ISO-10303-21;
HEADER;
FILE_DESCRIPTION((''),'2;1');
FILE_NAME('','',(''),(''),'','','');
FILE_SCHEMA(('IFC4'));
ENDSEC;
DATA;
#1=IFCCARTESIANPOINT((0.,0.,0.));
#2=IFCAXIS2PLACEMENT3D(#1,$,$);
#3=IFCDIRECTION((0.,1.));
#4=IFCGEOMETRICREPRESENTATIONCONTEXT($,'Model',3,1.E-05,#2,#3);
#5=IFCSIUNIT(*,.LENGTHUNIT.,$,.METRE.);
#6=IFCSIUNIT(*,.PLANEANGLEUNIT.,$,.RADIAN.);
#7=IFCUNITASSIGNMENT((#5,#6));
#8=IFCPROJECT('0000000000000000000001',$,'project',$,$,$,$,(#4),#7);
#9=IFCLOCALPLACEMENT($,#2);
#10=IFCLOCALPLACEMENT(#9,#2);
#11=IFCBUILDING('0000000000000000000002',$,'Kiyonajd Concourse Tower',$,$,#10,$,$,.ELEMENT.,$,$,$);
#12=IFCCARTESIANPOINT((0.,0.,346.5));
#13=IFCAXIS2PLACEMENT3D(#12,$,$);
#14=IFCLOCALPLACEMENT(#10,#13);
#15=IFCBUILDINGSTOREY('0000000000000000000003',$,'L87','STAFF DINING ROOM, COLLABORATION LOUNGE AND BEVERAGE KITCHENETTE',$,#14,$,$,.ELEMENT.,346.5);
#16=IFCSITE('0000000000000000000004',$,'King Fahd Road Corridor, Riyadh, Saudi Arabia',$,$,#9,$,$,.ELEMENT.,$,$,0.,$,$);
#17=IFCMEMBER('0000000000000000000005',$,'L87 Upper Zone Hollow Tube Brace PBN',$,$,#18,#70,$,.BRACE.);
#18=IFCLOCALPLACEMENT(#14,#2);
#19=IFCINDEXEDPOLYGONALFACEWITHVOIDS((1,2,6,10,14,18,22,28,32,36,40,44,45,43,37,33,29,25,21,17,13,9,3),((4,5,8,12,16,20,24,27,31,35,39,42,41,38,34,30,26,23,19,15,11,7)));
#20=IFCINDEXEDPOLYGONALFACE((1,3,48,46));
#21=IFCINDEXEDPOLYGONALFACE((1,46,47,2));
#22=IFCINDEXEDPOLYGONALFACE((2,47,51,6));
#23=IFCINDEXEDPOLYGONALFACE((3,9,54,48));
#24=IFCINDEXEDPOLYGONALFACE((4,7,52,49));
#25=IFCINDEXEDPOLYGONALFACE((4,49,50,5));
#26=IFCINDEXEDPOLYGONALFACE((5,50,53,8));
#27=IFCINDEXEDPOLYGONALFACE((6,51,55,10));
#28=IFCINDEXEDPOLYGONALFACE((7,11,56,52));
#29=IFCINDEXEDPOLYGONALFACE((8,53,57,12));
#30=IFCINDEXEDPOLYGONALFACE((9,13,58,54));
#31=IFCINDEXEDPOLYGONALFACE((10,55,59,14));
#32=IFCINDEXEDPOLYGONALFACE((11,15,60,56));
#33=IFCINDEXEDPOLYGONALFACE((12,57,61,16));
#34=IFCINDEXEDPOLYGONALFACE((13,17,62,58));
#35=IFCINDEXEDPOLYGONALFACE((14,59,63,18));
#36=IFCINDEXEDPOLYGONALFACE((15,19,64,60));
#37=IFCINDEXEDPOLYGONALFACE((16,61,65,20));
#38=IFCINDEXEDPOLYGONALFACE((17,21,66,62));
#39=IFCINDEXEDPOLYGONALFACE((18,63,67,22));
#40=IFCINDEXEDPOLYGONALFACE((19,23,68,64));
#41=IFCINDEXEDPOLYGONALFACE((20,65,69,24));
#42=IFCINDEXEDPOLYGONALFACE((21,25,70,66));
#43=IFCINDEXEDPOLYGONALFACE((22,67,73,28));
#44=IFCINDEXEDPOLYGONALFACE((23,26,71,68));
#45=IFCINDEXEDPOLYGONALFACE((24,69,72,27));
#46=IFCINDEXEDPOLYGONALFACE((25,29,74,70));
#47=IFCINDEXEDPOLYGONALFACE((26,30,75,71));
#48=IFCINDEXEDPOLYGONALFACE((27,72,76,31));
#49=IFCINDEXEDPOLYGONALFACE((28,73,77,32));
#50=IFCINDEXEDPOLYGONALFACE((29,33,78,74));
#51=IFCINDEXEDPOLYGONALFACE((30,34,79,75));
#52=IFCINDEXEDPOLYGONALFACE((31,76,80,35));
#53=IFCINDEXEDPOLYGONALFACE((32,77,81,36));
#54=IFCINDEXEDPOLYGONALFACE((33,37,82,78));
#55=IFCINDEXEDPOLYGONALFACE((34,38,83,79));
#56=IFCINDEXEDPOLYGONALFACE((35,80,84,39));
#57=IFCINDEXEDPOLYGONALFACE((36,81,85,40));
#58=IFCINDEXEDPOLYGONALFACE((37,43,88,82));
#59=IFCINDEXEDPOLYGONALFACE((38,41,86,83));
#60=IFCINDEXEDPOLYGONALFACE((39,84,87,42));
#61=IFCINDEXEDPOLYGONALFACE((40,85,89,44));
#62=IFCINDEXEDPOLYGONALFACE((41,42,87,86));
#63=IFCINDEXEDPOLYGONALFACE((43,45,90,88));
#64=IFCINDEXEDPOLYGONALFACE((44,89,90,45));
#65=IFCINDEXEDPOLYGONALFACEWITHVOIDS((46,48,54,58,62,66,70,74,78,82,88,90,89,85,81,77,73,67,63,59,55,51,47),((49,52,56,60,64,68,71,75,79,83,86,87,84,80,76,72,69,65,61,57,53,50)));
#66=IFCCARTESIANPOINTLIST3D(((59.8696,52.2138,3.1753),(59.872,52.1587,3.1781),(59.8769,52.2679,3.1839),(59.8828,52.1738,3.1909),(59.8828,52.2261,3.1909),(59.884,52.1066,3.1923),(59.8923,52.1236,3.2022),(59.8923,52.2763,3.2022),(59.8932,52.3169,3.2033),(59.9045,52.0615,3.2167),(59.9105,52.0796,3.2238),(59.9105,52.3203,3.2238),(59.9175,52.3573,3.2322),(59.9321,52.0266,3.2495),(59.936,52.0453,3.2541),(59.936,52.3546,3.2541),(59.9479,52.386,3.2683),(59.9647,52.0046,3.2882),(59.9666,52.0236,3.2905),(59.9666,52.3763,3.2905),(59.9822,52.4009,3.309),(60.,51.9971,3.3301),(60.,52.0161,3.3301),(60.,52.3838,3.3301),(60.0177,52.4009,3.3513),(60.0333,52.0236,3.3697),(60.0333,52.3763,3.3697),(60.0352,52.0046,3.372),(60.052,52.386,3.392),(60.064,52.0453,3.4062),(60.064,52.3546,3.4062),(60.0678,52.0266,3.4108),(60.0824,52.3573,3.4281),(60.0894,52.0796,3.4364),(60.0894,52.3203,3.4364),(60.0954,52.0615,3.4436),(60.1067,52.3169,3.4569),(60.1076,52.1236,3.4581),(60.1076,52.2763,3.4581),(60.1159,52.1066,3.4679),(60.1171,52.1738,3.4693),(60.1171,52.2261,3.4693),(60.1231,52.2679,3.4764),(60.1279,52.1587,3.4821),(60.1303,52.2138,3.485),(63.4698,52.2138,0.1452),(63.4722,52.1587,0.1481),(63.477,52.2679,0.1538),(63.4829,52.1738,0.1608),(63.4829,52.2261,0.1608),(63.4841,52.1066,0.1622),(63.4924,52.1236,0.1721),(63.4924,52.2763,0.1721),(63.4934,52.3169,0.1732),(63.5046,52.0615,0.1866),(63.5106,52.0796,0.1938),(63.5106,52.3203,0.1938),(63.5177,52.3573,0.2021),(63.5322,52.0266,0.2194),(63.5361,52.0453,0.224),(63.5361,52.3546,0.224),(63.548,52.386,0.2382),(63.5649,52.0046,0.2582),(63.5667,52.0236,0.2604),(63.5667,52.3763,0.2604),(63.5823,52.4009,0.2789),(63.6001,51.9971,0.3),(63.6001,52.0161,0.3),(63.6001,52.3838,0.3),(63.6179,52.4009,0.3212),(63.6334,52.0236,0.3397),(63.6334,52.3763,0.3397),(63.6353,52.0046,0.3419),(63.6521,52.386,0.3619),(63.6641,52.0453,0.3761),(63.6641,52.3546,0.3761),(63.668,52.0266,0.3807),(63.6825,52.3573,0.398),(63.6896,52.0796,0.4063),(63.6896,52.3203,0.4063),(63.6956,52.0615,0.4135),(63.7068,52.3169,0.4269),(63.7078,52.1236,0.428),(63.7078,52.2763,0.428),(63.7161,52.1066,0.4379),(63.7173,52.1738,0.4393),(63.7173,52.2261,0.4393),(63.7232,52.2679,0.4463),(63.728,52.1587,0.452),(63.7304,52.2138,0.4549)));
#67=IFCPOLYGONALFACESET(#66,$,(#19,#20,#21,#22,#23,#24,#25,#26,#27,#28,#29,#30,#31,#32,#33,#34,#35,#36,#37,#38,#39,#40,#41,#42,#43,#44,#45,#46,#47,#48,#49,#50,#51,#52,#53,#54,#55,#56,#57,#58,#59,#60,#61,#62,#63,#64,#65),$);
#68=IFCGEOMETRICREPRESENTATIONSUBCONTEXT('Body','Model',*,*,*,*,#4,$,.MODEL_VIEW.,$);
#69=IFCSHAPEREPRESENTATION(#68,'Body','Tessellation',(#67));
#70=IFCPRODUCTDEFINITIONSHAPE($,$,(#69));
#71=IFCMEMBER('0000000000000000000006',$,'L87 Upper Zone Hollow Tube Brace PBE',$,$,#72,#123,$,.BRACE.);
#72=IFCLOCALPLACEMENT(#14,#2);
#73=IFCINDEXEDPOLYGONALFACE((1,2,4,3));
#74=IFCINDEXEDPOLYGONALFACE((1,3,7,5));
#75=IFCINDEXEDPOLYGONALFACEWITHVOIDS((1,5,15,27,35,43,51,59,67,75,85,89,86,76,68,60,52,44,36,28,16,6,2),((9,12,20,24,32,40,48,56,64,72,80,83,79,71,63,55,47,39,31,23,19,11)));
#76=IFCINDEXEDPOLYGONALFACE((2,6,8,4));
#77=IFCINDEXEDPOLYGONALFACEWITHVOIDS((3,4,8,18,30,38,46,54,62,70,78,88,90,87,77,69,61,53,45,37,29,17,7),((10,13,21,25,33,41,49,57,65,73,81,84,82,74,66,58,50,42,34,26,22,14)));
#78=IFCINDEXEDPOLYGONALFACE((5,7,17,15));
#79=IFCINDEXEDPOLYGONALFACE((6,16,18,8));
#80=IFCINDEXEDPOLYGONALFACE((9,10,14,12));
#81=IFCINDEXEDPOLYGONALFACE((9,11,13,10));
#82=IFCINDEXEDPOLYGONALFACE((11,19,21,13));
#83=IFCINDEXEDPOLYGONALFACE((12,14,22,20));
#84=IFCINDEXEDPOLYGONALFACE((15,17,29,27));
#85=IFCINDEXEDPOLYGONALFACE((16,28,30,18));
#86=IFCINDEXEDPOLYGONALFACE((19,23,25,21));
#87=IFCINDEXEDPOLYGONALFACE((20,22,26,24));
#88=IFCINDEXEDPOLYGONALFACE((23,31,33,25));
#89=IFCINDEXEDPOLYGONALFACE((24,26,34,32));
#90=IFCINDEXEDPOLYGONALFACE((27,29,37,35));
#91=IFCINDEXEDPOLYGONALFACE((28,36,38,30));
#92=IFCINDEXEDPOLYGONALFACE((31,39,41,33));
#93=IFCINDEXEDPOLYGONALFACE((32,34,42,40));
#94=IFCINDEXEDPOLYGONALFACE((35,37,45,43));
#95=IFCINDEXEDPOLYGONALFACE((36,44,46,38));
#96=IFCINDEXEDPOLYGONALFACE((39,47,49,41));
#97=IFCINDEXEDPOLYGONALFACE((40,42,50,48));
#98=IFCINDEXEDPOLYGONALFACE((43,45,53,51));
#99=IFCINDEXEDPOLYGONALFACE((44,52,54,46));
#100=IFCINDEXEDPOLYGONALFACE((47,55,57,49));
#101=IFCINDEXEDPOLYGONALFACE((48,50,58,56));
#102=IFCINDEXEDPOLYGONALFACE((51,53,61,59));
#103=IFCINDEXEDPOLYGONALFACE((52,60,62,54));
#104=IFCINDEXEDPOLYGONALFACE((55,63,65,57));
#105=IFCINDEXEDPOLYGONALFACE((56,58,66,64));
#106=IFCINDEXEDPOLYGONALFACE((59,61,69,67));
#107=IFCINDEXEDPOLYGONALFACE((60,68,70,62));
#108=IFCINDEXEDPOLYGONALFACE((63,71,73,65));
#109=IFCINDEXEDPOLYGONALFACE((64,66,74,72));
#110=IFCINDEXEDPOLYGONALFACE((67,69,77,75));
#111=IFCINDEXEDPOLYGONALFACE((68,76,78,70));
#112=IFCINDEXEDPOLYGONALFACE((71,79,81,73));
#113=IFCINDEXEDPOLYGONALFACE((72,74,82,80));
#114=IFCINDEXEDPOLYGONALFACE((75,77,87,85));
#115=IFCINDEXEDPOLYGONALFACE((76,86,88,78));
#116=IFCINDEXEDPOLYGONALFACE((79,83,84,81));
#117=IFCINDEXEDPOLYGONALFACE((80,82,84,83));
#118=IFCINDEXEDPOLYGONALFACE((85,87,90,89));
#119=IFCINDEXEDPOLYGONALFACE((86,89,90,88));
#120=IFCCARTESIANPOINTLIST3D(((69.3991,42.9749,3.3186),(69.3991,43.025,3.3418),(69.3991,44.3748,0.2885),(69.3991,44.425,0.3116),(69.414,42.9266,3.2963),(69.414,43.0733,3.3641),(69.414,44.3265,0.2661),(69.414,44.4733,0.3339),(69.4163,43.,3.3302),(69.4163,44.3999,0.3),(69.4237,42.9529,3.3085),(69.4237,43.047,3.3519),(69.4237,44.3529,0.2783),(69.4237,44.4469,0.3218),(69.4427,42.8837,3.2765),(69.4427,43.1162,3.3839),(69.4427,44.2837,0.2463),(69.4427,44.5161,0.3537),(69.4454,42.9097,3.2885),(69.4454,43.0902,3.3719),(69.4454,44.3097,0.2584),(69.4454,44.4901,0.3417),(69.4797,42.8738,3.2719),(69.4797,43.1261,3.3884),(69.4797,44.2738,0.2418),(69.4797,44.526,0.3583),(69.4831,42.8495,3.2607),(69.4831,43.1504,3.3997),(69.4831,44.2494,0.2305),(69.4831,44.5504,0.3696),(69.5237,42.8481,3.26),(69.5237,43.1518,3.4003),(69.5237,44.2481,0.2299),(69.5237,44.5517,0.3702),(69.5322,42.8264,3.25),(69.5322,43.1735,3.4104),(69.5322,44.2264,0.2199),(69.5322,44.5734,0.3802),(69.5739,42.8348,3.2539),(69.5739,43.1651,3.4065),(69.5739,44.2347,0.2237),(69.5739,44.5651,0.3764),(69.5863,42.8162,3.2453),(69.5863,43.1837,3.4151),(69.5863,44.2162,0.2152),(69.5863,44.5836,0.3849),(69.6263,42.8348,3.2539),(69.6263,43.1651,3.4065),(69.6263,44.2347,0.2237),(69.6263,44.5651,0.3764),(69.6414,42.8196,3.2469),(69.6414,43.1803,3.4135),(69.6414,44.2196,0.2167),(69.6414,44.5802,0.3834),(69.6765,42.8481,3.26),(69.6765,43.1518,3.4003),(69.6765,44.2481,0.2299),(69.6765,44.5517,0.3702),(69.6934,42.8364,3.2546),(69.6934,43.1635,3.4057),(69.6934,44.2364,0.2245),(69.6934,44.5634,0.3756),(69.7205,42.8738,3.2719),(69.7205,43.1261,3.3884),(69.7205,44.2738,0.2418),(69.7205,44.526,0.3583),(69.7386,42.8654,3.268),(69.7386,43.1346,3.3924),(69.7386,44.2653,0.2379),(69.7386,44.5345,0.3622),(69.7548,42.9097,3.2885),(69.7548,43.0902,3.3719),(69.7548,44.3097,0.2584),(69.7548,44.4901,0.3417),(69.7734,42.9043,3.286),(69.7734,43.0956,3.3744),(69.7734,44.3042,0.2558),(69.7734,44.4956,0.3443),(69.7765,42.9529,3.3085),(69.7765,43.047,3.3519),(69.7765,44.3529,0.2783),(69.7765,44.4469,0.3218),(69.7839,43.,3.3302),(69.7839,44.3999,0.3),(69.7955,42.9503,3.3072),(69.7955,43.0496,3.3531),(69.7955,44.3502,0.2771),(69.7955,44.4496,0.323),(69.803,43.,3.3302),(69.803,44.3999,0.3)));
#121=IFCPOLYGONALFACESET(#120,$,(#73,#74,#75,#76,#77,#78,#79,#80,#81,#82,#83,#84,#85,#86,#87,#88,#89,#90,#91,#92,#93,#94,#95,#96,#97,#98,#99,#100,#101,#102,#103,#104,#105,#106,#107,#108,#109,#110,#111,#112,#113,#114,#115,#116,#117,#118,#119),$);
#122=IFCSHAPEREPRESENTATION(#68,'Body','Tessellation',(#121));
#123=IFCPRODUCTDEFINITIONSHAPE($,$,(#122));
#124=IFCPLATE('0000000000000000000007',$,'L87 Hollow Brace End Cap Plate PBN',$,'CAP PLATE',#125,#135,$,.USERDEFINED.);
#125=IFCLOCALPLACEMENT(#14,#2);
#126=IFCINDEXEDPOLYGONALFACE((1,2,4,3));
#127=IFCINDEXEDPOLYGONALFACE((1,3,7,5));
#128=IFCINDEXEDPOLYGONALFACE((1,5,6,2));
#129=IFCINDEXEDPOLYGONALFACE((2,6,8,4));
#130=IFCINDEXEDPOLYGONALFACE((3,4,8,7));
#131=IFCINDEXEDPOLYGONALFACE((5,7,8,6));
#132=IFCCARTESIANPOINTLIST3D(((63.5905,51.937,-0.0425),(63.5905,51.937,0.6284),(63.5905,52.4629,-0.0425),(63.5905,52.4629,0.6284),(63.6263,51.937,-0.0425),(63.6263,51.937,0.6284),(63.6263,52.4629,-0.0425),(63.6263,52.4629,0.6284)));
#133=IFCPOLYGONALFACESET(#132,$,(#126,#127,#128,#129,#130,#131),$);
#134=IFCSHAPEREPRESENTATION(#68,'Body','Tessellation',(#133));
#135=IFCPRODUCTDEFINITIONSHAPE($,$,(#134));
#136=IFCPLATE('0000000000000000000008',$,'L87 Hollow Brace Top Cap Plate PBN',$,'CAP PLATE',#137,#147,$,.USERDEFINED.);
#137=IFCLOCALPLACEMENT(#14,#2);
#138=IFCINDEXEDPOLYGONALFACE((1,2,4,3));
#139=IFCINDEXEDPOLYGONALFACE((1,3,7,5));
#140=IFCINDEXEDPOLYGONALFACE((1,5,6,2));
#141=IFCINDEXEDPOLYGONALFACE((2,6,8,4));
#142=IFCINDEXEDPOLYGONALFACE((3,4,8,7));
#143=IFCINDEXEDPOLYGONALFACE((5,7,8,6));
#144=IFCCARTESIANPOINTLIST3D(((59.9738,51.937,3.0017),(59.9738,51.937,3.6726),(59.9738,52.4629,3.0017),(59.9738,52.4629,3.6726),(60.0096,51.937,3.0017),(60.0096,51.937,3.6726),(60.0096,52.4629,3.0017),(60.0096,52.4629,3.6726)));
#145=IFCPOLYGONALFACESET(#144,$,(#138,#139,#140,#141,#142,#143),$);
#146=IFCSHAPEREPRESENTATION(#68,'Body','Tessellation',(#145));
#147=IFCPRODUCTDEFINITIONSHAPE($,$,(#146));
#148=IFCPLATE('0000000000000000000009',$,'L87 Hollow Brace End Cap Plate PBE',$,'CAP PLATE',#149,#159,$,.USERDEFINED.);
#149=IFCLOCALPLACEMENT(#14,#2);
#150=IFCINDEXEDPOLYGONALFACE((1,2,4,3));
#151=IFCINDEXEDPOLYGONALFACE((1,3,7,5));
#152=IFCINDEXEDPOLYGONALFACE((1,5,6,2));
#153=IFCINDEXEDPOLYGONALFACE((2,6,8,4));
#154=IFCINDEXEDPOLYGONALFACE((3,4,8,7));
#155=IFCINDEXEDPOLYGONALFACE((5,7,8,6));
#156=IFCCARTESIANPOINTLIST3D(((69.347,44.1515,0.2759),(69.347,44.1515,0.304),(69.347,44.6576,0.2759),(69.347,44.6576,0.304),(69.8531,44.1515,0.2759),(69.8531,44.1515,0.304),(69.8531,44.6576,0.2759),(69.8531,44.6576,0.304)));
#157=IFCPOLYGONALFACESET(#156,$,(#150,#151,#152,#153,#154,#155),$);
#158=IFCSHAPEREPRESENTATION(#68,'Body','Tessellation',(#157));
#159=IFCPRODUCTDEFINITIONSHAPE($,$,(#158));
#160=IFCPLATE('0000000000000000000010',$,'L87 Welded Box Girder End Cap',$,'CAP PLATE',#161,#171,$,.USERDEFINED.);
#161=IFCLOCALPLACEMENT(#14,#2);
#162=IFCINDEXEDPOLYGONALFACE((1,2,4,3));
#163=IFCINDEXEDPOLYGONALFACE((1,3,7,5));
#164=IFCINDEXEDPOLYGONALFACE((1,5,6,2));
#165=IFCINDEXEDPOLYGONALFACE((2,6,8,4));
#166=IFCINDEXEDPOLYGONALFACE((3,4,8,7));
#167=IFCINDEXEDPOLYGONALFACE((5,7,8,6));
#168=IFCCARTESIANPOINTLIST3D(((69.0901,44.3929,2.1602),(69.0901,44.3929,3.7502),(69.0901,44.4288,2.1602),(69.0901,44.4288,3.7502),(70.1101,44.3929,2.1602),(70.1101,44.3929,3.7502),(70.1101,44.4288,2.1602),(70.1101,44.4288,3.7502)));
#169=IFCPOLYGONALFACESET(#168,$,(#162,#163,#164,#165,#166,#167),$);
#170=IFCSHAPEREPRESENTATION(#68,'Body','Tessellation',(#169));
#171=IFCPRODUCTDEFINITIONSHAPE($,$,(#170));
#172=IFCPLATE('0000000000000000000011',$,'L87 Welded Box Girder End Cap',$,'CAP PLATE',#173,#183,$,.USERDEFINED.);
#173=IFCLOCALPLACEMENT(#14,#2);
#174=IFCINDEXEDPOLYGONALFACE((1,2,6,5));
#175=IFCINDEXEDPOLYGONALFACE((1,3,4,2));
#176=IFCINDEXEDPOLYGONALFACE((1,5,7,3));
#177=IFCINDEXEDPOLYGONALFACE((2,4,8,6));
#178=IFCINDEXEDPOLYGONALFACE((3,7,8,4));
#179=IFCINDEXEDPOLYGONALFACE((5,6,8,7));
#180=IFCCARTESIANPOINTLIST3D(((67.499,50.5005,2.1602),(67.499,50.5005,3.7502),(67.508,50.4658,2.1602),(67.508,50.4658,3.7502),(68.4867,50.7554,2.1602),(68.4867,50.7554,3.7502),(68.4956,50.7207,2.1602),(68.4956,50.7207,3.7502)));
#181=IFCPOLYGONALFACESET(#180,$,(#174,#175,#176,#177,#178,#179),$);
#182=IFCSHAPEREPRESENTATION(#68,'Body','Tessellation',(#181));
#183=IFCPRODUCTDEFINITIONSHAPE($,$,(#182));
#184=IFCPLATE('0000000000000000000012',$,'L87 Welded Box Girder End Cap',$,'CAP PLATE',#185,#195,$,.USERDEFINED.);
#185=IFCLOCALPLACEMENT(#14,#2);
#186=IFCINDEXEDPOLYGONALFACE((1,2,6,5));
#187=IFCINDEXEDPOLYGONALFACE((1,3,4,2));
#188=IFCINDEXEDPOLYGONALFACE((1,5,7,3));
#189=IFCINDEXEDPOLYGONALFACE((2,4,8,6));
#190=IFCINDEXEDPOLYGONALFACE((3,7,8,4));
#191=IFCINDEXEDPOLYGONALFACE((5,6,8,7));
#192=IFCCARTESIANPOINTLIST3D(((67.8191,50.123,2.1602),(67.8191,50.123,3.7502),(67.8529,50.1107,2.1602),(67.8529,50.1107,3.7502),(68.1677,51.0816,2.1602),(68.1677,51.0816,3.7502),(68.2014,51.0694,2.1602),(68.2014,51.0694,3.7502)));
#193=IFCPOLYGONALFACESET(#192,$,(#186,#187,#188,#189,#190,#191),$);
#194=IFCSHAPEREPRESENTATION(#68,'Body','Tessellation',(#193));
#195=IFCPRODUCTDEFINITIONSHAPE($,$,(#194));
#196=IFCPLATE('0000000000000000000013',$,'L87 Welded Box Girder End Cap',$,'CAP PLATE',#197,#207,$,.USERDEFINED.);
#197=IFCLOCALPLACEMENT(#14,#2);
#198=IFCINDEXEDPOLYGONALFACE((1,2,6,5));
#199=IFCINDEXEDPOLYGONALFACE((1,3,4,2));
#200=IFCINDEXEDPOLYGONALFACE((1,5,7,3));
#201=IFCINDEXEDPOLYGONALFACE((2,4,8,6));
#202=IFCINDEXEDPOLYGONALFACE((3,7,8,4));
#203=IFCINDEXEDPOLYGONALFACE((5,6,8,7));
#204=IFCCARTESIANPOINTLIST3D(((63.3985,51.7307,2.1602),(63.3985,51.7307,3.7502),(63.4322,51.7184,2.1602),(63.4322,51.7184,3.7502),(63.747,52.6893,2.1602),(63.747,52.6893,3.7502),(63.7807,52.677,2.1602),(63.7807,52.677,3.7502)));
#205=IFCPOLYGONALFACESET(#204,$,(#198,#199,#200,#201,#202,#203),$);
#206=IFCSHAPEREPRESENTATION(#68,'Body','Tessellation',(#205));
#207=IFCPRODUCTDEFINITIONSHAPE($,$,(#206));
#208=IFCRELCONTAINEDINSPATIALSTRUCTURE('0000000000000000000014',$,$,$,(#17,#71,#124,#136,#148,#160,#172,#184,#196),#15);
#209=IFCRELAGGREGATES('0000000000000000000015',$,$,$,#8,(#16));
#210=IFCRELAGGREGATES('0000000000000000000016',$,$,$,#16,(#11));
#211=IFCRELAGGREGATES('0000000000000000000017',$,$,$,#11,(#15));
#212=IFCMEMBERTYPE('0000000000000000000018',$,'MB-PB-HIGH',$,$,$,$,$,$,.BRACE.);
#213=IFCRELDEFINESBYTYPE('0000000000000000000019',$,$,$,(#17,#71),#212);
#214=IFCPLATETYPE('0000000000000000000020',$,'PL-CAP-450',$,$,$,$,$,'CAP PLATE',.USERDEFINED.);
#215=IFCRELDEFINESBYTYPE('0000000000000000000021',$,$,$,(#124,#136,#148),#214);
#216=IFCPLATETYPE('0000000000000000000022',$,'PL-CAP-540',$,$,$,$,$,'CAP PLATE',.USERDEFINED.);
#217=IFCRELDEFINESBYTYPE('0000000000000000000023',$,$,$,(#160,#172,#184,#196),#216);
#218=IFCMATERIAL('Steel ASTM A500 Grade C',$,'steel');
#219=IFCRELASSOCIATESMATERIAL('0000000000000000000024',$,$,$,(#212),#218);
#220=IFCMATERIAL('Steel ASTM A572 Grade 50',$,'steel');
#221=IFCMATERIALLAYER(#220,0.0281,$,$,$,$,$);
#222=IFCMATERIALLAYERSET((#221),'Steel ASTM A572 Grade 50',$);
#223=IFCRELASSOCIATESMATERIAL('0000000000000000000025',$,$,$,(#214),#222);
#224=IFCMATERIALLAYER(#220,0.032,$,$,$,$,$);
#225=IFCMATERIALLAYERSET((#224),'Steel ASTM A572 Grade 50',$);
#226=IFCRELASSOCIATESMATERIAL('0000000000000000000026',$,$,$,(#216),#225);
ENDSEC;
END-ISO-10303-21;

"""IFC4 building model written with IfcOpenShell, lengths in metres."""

from ifc_helpers import new_model, si_unit, direction, frame, origin, origin_2d, place, context, subcontext, project, spatial, rectangle, hollow_circle, extrude, material, layer, layer_set, material_profile, profile_set, type_object, element, save


model = new_model("IFC4")

# Units and contexts
model_context = context("Model", 3, precision=1e-05, world=origin(), true_north=direction((0.0, 1.0)))
body_context = subcontext(model_context, "Body", "Model", "MODEL_VIEW")
ifc_project = project(units=[si_unit("LENGTHUNIT", "METRE"), si_unit("PLANEANGLEUNIT", "RADIAN")], contexts=[model_context])

# Site, building, storey
site_placement = place(None, origin())
site = spatial("IfcSite", under=ifc_project, at=site_placement, Name="King Fahd Road Corridor, Riyadh, Saudi Arabia", CompositionType="ELEMENT", RefElevation=0.0)
building_placement = place(site_placement, origin())
building = spatial("IfcBuilding", under=site, at=building_placement, Name="Kiyonajd Concourse Tower", CompositionType="ELEMENT")
storey_placement = place(building_placement, frame((0.0, 0.0, 346.5)))
storey = spatial("IfcBuildingStorey", under=building, at=storey_placement, Name="L87", Description="STAFF DINING ROOM, COLLABORATION LOUNGE AND BEVERAGE KITCHENETTE", CompositionType="ELEMENT", Elevation=346.5)

# Shared definitions
ifc_material_1 = material(Name="Steel ASTM A572 Grade 50", Category="steel")

# Members
ifc_material_2 = material(Name="Steel ASTM A500 Grade C", Category="steel")
ifc_material_profile_1 = material_profile(ifc_material_2, hollow_circle(Radius=0.2029, WallThickness=0.019, at=origin_2d()), Name="CHS-406x19")
ifc_profile_set_1 = profile_set([ifc_material_profile_1], Name="Steel ASTM A500 Grade C")
member_type = type_object("IfcMemberType", Name="MB-PB-HIGH", PredefinedType="BRACE", material=ifc_profile_set_1)
member_1_placement = place(storey_placement, frame((63.6001, 52.2, 0.3), z_axis=(-0.765082, 0.0, 0.643933), x_axis=(0.0, -1.0, 0.0)))
element("IfcMember", 1, at=member_1_placement, inside=storey, type_object=member_type, Name="L87 Upper Zone Hollow Tube Brace PBN", PredefinedType="BRACE", context=body_context, shape_type="SweptSolid", body=[
    extrude(hollow_circle(Radius=0.2029, WallThickness=0.019, at=origin_2d()), origin(), (0.0, 0.0, 1.0), 4.7056),
])
member_2_placement = place(storey_placement, frame((69.6001, 44.3999, 0.3), z_axis=(0.0, -0.419411, 0.907797), x_axis=(1.0, 0.0, 0.0)))
element("IfcMember", 2, at=member_2_placement, inside=storey, type_object=member_type, Name="L87 Upper Zone Hollow Tube Brace PBE", PredefinedType="BRACE", context=body_context, shape_type="SweptSolid", body=[
    extrude(hollow_circle(Radius=0.2029, WallThickness=0.019, at=origin_2d()), origin(), (0.0, 0.0, 1.0), 3.3379),
])

# Plates
ifc_layer_1 = layer(ifc_material_1, 0.0281)
ifc_layer_set_1 = layer_set([ifc_layer_1], Name="Steel ASTM A572 Grade 50")
plate_type_1 = type_object("IfcPlateType", Name="PL-CAP-450", ElementType="CAP PLATE", PredefinedType="USERDEFINED", material=ifc_layer_set_1)
for number, where, z_axis, x_axis, name in (
    (3, (63.6084, 52.2, -0.0425), (0.0, 0.0, 1.0), (1.0, 0.0, 0.0), "L87 Hollow Brace End Cap Plate PBN"),
    (4, (59.9917, 52.2, 3.0017), (0.0, 0.0, 1.0), (-1.0, 0.0, 0.0), "L87 Hollow Brace Top Cap Plate PBN"),
):
    element("IfcPlate", number, at=place(storey_placement, frame(where, z_axis=z_axis, x_axis=x_axis)), inside=storey, type_object=plate_type_1, Name=name, ObjectType="CAP PLATE", PredefinedType="USERDEFINED", context=body_context, shape_type="SweptSolid", body=[
        extrude(rectangle(XDim=0.0359, YDim=0.5259, at=origin_2d()), origin(), (0.0, 0.0, 1.0), 0.6709),
    ])
plate_placement = place(storey_placement, frame((69.6001, 44.4045, 0.2759), z_axis=(0.0, 0.0, 1.0), x_axis=(1.0, 0.0, 0.0)))
element("IfcPlate", 5, at=plate_placement, inside=storey, type_object=plate_type_1, Name="L87 Hollow Brace End Cap Plate PBE", ObjectType="CAP PLATE", PredefinedType="USERDEFINED", context=body_context, shape_type="SweptSolid", body=[
    extrude(rectangle(XDim=0.5061, YDim=0.5061, at=origin_2d()), origin(), (0.0, 0.0, 1.0), 0.0281),
])
ifc_layer_2 = layer(ifc_material_1, 0.032)
ifc_layer_set_2 = layer_set([ifc_layer_2], Name="Steel ASTM A572 Grade 50")
plate_type_2 = type_object("IfcPlateType", Name="PL-CAP-540", ElementType="CAP PLATE", PredefinedType="USERDEFINED", material=ifc_layer_set_2)
for number, where, z_axis, x_axis, name in (
    (6, (69.6001, 44.4109, 2.1602), (0.0, 0.0, 1.0), (0.0, 1.0, 0.0), "L87 Welded Box Girder End Cap"),
    (7, (67.9973, 50.6106, 2.1602), (0.0, 0.0, 1.0), (-0.249873, 0.968279, 0.0), "L87 Welded Box Girder End Cap"),
    (8, (68.0103, 50.5962, 2.1602), (0.0, 0.0, 1.0), (0.939812, -0.341692, 0.0), "L87 Welded Box Girder End Cap"),
    (9, (63.5896, 52.2039, 2.1602), (0.0, 0.0, 1.0), (-0.939812, 0.341692, 0.0), "L87 Welded Box Girder End Cap"),
):
    element("IfcPlate", number, at=place(storey_placement, frame(where, z_axis=z_axis, x_axis=x_axis)), inside=storey, type_object=plate_type_2, Name=name, ObjectType="CAP PLATE", PredefinedType="USERDEFINED", context=body_context, shape_type="SweptSolid", body=[
        extrude(rectangle(XDim=0.0359, YDim=1.02, at=origin_2d()), origin(), (0.0, 0.0, 1.0), 1.5901),
    ])

save(model, "model.ifc")
